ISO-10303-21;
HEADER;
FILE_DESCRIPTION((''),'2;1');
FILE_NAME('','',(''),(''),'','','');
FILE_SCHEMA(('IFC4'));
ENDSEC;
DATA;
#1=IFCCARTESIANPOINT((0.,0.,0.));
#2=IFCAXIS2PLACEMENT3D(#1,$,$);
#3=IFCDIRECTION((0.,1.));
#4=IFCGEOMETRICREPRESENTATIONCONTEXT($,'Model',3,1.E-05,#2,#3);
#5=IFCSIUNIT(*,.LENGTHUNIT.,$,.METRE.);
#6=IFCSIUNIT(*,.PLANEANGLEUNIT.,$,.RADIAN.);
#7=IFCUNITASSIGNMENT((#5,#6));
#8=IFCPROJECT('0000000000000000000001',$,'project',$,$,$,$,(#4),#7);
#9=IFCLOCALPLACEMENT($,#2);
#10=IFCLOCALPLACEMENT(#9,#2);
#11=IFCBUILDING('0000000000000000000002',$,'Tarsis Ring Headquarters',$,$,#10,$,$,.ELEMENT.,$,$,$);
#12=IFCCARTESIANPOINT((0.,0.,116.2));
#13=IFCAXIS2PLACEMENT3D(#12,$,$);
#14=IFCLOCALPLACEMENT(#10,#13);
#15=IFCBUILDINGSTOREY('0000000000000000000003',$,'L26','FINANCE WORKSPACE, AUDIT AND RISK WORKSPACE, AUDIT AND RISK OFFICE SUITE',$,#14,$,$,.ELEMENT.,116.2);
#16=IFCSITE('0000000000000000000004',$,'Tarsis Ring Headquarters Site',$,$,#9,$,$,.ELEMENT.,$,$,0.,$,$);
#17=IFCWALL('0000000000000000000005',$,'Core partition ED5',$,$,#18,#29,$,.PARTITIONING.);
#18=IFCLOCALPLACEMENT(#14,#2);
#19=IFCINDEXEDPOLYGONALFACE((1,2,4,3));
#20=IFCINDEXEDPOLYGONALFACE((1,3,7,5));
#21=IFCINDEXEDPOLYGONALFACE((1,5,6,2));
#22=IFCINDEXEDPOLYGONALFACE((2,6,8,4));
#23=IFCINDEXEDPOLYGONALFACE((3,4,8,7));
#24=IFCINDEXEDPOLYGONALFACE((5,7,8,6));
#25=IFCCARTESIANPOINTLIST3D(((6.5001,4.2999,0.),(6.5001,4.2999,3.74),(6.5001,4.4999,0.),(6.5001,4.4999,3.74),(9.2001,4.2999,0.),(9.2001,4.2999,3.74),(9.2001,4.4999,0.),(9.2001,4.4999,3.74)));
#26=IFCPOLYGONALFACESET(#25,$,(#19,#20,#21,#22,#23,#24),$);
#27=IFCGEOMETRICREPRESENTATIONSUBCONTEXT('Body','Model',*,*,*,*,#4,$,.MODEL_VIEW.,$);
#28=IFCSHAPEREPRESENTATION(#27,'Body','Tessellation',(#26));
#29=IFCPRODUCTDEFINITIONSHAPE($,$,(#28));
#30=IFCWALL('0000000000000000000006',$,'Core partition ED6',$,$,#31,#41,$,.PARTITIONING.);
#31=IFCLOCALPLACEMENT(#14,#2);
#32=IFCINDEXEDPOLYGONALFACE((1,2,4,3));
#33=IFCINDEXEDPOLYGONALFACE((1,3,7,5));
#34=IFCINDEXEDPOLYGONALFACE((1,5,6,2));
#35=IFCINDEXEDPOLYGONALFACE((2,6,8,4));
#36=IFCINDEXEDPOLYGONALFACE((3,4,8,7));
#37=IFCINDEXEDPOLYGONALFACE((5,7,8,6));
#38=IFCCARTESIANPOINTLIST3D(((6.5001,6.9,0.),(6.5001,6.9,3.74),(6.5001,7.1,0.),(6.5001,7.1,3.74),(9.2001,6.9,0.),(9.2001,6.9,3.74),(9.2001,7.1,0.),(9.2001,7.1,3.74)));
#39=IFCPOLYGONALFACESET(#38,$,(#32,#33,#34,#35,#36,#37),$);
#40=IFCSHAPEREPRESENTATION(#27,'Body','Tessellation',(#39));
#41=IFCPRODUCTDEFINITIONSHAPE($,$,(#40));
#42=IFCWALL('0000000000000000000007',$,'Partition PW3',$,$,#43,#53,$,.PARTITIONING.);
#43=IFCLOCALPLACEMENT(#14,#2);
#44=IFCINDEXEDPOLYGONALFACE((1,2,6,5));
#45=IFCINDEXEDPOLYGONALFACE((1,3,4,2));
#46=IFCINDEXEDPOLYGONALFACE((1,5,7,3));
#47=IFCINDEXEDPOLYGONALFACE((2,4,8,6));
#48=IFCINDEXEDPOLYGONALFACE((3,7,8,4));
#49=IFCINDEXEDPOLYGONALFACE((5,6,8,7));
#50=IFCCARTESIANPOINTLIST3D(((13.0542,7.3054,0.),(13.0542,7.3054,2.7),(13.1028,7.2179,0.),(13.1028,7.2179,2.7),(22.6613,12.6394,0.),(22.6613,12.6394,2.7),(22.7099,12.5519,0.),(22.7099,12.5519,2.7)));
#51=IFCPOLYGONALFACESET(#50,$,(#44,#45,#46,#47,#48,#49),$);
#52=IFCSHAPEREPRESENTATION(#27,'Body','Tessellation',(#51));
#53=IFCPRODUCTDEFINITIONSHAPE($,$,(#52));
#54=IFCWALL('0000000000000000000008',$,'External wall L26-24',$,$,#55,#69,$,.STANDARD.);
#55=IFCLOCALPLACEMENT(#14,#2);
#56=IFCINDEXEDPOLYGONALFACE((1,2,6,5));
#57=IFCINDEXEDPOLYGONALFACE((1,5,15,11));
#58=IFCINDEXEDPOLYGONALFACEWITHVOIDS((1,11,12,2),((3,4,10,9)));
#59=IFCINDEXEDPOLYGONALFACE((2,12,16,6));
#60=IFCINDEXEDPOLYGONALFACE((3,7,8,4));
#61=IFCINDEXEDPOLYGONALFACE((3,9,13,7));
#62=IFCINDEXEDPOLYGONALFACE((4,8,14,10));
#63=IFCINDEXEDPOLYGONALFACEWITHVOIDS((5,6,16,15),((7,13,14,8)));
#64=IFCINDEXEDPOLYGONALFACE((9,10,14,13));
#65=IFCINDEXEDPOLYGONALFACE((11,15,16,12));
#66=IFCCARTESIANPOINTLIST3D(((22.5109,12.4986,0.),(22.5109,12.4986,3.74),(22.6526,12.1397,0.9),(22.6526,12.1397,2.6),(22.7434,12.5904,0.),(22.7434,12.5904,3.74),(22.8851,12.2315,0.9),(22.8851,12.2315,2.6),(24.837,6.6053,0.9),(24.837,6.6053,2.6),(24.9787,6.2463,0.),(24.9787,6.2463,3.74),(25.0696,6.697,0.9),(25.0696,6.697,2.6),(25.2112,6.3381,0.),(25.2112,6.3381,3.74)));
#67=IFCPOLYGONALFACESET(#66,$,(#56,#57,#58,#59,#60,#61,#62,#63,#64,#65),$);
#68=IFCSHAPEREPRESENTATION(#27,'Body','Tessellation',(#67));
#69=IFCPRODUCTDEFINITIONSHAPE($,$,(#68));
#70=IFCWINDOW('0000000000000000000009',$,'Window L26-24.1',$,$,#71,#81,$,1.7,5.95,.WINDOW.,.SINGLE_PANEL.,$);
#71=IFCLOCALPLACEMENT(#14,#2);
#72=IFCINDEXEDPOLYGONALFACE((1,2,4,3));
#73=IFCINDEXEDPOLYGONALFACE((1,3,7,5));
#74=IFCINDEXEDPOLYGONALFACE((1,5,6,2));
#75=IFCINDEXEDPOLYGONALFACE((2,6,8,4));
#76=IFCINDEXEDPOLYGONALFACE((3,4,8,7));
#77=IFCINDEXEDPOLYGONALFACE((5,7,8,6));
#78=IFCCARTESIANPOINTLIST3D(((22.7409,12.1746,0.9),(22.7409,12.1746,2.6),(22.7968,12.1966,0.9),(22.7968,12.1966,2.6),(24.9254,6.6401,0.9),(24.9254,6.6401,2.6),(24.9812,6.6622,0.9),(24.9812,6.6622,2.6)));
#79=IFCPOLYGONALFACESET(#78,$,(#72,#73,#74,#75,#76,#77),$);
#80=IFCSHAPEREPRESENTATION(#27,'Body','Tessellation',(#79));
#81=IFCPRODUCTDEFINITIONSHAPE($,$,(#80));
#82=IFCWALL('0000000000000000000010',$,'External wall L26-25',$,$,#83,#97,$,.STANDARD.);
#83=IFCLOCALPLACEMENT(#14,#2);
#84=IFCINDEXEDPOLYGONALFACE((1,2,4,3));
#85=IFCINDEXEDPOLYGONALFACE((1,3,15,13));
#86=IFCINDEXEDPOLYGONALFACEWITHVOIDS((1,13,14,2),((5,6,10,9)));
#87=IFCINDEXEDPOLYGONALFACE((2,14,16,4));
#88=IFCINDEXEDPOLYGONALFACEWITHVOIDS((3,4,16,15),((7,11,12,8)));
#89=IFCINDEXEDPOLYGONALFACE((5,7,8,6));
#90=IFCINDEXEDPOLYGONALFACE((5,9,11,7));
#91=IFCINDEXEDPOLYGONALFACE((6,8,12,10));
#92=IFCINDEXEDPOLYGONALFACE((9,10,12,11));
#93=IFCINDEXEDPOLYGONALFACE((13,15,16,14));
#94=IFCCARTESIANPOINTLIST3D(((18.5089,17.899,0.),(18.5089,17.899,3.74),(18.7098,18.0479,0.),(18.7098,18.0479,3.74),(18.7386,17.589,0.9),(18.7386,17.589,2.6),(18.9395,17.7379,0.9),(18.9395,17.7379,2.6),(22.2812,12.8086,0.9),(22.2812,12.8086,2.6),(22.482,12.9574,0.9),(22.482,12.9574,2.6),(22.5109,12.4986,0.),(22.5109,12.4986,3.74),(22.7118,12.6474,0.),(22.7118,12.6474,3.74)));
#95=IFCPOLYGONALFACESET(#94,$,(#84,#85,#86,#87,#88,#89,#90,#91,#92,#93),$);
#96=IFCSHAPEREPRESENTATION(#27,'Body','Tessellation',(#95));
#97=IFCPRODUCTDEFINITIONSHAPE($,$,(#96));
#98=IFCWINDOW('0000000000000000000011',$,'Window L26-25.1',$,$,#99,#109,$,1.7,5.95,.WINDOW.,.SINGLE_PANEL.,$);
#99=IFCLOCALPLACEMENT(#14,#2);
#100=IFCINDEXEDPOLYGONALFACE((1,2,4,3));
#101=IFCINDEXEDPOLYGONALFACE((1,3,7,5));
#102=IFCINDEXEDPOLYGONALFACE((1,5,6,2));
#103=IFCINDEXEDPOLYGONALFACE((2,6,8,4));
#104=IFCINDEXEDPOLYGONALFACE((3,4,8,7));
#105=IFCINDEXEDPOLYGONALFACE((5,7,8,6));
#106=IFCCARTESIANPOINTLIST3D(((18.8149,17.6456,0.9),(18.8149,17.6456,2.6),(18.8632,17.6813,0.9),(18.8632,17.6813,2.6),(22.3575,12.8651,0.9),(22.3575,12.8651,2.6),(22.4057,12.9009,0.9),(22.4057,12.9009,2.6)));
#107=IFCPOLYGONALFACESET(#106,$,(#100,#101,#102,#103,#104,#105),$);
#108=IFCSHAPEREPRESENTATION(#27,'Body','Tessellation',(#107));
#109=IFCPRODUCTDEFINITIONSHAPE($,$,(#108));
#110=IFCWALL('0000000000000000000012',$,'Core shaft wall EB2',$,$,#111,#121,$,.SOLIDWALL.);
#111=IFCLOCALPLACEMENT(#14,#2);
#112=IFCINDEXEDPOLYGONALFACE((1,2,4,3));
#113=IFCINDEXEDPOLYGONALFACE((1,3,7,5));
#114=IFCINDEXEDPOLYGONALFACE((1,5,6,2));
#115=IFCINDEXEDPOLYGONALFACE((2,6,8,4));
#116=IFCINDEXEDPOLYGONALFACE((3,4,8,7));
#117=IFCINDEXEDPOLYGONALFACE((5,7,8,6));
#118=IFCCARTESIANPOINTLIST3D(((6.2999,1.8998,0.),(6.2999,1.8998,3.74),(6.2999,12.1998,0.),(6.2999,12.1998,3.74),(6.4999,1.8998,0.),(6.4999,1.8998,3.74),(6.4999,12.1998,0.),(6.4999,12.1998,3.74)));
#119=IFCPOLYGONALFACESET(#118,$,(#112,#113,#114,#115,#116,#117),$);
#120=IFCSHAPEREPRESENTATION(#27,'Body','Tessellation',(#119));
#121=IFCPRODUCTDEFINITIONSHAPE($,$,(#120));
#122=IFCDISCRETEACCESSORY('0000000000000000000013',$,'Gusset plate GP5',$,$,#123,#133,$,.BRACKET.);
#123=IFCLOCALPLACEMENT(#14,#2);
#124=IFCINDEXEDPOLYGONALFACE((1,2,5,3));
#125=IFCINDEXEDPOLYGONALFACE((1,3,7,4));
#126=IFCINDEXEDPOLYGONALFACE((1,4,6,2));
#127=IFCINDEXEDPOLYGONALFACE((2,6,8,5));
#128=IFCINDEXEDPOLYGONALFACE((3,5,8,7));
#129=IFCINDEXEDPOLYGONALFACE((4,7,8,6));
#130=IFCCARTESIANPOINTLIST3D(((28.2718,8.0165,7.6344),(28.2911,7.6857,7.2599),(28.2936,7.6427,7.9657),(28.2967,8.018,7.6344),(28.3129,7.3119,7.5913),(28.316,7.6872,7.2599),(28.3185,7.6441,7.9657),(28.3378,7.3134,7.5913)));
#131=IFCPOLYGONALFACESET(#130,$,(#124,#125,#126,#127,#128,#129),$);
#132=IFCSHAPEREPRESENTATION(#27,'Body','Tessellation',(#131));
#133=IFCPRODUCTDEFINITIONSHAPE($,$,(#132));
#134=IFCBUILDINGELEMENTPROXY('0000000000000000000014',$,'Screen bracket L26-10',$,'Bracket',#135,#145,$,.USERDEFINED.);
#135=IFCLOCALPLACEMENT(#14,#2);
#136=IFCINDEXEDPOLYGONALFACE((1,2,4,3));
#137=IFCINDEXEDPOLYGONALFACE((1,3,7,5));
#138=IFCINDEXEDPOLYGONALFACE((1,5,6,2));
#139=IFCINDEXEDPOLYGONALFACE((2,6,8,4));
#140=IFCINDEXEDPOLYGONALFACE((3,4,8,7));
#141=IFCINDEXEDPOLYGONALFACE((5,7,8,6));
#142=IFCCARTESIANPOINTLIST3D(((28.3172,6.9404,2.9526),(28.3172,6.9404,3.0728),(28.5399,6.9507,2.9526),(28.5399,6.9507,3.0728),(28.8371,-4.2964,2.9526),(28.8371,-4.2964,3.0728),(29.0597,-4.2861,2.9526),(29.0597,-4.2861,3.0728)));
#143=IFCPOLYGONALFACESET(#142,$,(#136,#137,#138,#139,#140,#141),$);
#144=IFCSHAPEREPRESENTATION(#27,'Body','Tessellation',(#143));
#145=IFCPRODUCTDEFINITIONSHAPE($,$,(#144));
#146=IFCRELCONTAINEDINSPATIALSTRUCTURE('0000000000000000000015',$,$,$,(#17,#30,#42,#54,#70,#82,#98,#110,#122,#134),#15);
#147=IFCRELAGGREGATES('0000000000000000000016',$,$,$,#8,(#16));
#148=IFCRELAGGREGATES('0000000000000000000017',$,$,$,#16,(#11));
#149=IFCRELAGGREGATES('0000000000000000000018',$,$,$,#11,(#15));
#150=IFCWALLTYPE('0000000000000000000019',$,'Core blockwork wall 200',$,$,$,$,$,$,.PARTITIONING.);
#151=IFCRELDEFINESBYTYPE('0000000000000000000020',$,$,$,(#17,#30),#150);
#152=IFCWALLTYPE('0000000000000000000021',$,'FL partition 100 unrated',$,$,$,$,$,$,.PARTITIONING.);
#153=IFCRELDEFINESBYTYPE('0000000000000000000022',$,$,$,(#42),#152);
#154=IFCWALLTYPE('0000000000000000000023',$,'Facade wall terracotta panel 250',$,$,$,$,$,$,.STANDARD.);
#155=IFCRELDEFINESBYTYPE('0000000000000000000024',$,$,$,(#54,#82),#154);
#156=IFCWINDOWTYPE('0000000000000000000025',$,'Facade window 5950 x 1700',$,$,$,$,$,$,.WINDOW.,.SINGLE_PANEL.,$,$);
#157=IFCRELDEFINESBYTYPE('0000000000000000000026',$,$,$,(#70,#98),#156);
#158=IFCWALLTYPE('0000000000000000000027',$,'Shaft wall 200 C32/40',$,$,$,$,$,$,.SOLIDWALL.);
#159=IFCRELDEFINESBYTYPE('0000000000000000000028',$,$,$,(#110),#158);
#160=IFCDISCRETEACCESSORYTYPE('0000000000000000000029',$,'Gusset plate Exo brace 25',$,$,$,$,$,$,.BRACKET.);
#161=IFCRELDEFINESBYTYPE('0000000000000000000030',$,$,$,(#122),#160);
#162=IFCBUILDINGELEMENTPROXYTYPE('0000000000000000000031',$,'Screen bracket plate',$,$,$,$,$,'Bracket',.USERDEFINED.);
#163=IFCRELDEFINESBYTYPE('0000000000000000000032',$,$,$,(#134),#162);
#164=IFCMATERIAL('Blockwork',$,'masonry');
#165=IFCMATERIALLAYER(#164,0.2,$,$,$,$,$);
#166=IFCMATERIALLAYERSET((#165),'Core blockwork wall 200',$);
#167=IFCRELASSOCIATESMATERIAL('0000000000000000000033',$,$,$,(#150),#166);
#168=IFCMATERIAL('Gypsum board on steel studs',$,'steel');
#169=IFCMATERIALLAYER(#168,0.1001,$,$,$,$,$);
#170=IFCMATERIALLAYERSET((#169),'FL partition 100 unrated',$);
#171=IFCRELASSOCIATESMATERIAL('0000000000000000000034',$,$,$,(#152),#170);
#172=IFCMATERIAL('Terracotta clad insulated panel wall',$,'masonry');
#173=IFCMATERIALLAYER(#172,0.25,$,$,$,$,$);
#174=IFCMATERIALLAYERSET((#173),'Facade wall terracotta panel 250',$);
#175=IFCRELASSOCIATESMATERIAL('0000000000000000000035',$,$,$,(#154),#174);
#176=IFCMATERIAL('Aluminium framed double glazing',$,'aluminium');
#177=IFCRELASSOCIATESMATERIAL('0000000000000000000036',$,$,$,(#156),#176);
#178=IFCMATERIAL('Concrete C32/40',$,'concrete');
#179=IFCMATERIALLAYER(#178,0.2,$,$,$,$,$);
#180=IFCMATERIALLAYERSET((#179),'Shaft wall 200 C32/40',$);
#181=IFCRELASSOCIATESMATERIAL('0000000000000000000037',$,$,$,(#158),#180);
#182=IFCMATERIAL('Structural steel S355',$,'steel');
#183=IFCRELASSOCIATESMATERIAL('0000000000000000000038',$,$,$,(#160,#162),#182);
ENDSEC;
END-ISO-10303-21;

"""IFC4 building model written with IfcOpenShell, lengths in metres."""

from ifc_helpers import new_model, si_unit, direction, frame, frame_2d, origin, origin_2d, place, context, subcontext, project, spatial, rectangle, extrude, material, layer, layer_set, material_profile, profile_set, type_object, element, fill, save


model = new_model("IFC4")

# Units and contexts
model_context = context("Model", 3, precision=1e-05, world=origin(), true_north=direction((0.0, 1.0)))
body_context = subcontext(model_context, "Body", "Model", "MODEL_VIEW")
ifc_project = project(units=[si_unit("LENGTHUNIT", "METRE"), si_unit("PLANEANGLEUNIT", "RADIAN")], contexts=[model_context])

# Site, building, storey
site_placement = place(None, origin())
site = spatial("IfcSite", under=ifc_project, at=site_placement, Name="Tarsis Ring Headquarters Site", CompositionType="ELEMENT", RefElevation=0.0)
building_placement = place(site_placement, origin())
building = spatial("IfcBuilding", under=site, at=building_placement, Name="Tarsis Ring Headquarters", CompositionType="ELEMENT")
storey_placement = place(building_placement, frame((0.0, 0.0, 116.2)))
storey = spatial("IfcBuildingStorey", under=building, at=storey_placement, Name="L26", Description="FINANCE WORKSPACE, AUDIT AND RISK WORKSPACE, AUDIT AND RISK OFFICE SUITE", CompositionType="ELEMENT", Elevation=116.2)

# Shared definitions
ifc_material_1 = material(Name="Structural steel S355", Category="steel")

# Walls
ifc_material_2 = material(Name="Blockwork", Category="masonry")
ifc_layer_1 = layer(ifc_material_2, 0.2)
ifc_layer_set_1 = layer_set([ifc_layer_1], Name="Core blockwork wall 200")
wall_type_1 = type_object("IfcWallType", Name="Core blockwork wall 200", PredefinedType="PARTITIONING", material=ifc_layer_set_1)
for number, where, z_axis, x_axis, name in (
    (1, (6.5, 4.3999, 0.0), (0.0, 0.0, 1.0), (1.0, 0.0, 0.0), "Core partition ED5"),
    (2, (6.5, 7.0, 0.0), (0.0, 0.0, 1.0), (1.0, 0.0, 0.0), "Core partition ED6"),
):
    element("IfcWall", number, at=place(storey_placement, frame(where, z_axis=z_axis, x_axis=x_axis)), inside=storey, type_object=wall_type_1, Name=name, PredefinedType="PARTITIONING", context=body_context, shape_type="SweptSolid", body=[
        extrude(rectangle(XDim=2.7, YDim=0.2, at=frame_2d((1.3501, 0.0))), origin(), (0.0, 0.0, 1.0), 3.74),
    ])
ifc_material_3 = material(Name="Gypsum board on steel studs", Category="steel")
ifc_layer_2 = layer(ifc_material_3, 0.1001)
ifc_layer_set_2 = layer_set([ifc_layer_2], Name="FL partition 100 unrated")
wall_type_2 = type_object("IfcWallType", Name="FL partition 100 unrated", PredefinedType="PARTITIONING", material=ifc_layer_set_2)
wall_1_placement = place(storey_placement, frame((13.0786, 7.2617, 0.0), z_axis=(0.0, 0.0, 1.0), x_axis=(0.874286, 0.485411, 0.0)))
element("IfcWall", 3, at=wall_1_placement, inside=storey, type_object=wall_type_2, Name="Partition PW3", PredefinedType="PARTITIONING", context=body_context, shape_type="SweptSolid", body=[
    extrude(rectangle(XDim=10.9885, YDim=0.1001, at=frame_2d((5.4941, 0.0))), origin(), (0.0, 0.0, 1.0), 2.7),
])

# Walls, openings, windows
ifc_material_4 = material(Name="Terracotta clad insulated panel wall", Category="masonry")
ifc_layer_3 = layer(ifc_material_4, 0.25)
ifc_layer_set_3 = layer_set([ifc_layer_3], Name="Facade wall terracotta panel 250")
wall_type_3 = type_object("IfcWallType", Name="Facade wall terracotta panel 250", PredefinedType="STANDARD", material=ifc_layer_set_3)
wall_2_placement = place(storey_placement, frame((25.095, 6.2922, 0.0), z_axis=(0.0, 0.0, 1.0), x_axis=(-0.367141, 0.930165, 0.0)))
wall_2 = element("IfcWall", 4, at=wall_2_placement, inside=storey, type_object=wall_type_3, Name="External wall L26-24", PredefinedType="STANDARD", context=body_context, shape_type="SweptSolid", body=[
    extrude(rectangle(XDim=6.7217, YDim=0.25, at=frame_2d((3.3608, 0.0))), origin(), (0.0, 0.0, 1.0), 3.74),
])
opening_1_placement = place(wall_2_placement, frame((0.3857, 0.0, 0.8999)))
opening_1 = element("IfcOpeningElement", 5, at=opening_1_placement, cuts=wall_2, PredefinedType="OPENING", context=body_context, shape_type="SweptSolid", body=[
    extrude(rectangle(XDim=5.95, YDim=1.7, at=frame_2d((2.9751, 0.8501))), frame((0.0, 0.135, 0.0), z_axis=(0.0, -1.0, 0.0), x_axis=(1.0, 0.0, 0.0)), (0.0, 0.0, 1.0), 0.27),
])
ifc_material_5 = material(Name="Aluminium framed double glazing", Category="aluminium")
window_type = type_object("IfcWindowType", Name="Facade window 5950 x 1700", PartitioningType="SINGLE_PANEL", PredefinedType="WINDOW", material=ifc_material_5)
window_1_placement = place(opening_1_placement, origin())
window_1 = element("IfcWindow", 6, at=window_1_placement, inside=storey, type_object=window_type, Name="Window L26-24.1", OverallHeight=1.7, OverallWidth=5.95, PartitioningType="SINGLE_PANEL", PredefinedType="WINDOW", context=body_context, shape_type="SweptSolid", body=[
    extrude(rectangle(XDim=5.95, YDim=1.7, at=frame_2d((2.9751, 0.8501))), frame((0.0, 0.03, 0.0), z_axis=(0.0, -1.0, 0.0), x_axis=(1.0, 0.0, 0.0)), (0.0, 0.0, 1.0), 0.0601),
])
fill(opening_1, window_1)
wall_3_placement = place(storey_placement, frame((22.6113, 12.573, 0.0), z_axis=(0.0, 0.0, 1.0), x_axis=(-0.595387, 0.803439, 0.0)))
wall_3 = element("IfcWall", 7, at=wall_3_placement, inside=storey, type_object=wall_type_3, Name="External wall L26-25", PredefinedType="STANDARD", context=body_context, shape_type="SweptSolid", body=[
    extrude(rectangle(XDim=6.7217, YDim=0.25, at=frame_2d((3.3608, 0.0))), origin(), (0.0, 0.0, 1.0), 3.74),
])
opening_2_placement = place(wall_3_placement, frame((0.3857, 0.0, 0.8999)))
opening_2 = element("IfcOpeningElement", 8, at=opening_2_placement, cuts=wall_3, PredefinedType="OPENING", context=body_context, shape_type="SweptSolid", body=[
    extrude(rectangle(XDim=5.95, YDim=1.7, at=frame_2d((2.9751, 0.8501))), frame((0.0, 0.135, 0.0), z_axis=(0.0, -1.0, 0.0), x_axis=(1.0, 0.0, 0.0)), (0.0, 0.0, 1.0), 0.27),
])
window_2_placement = place(opening_2_placement, origin())
window_2 = element("IfcWindow", 9, at=window_2_placement, inside=storey, type_object=window_type, Name="Window L26-25.1", OverallHeight=1.7, OverallWidth=5.95, PartitioningType="SINGLE_PANEL", PredefinedType="WINDOW", context=body_context, shape_type="SweptSolid", body=[
    extrude(rectangle(XDim=5.95, YDim=1.7, at=frame_2d((2.9751, 0.8501))), frame((0.0, 0.03, 0.0), z_axis=(0.0, -1.0, 0.0), x_axis=(1.0, 0.0, 0.0)), (0.0, 0.0, 1.0), 0.0601),
])
fill(opening_2, window_2)

# Wall
ifc_material_6 = material(Name="Concrete C32/40", Category="concrete")
ifc_layer_4 = layer(ifc_material_6, 0.2)
ifc_layer_set_4 = layer_set([ifc_layer_4], Name="Shaft wall 200 C32/40")
wall_type_4 = type_object("IfcWallType", Name="Shaft wall 200 C32/40", PredefinedType="SOLIDWALL", material=ifc_layer_set_4)
wall_4_placement = place(storey_placement, frame((6.3999, 1.8999, 0.0), z_axis=(0.0, 0.0, 1.0), x_axis=(0.0, 1.0, 0.0)))
element("IfcWall", 10, at=wall_4_placement, inside=storey, type_object=wall_type_4, Name="Core shaft wall EB2", PredefinedType="SOLIDWALL", context=body_context, shape_type="SweptSolid", body=[
    extrude(rectangle(XDim=10.3, YDim=0.2, at=frame_2d((5.1499, 0.0))), origin(), (0.0, 0.0, 1.0), 3.74),
])

# Discrete accessory
ifc_material_profile_1 = material_profile(ifc_material_1, rectangle(XDim=0.0249, YDim=0.5, at=origin_2d()), Name="PL 25x500")
ifc_profile_set_1 = profile_set([ifc_material_profile_1], Name="Structural steel S355")
discrete_accessory_type = type_object("IfcDiscreteAccessoryType", Name="Gusset plate Exo brace 25", PredefinedType="BRACKET", material=ifc_profile_set_1)
discrete_accessory_placement = place(storey_placement, frame((28.2952, 7.8303, 7.8), z_axis=(0.038569, -0.661533, -0.748924), x_axis=(0.998305, 0.058204, 0.0)))
element("IfcDiscreteAccessory", 11, at=discrete_accessory_placement, inside=storey, type_object=discrete_accessory_type, Name="Gusset plate GP5", PredefinedType="BRACKET", context=body_context, shape_type="SweptSolid", body=[
    extrude(rectangle(XDim=0.0249, YDim=0.5, at=origin_2d()), origin(), (0.0, 0.0, 1.0), 0.5),
])

# Building element proxy
building_element_proxy_type = type_object("IfcBuildingElementProxyType", Name="Screen bracket plate", ElementType="Bracket", PredefinedType="USERDEFINED", material=ifc_material_1)
proxy_placement = place(storey_placement, frame((28.6885, 1.3271, 2.9526), z_axis=(0.0, 0.0, 1.0), x_axis=(-0.046213, 0.998932, 0.0)))
element("IfcBuildingElementProxy", 12, at=proxy_placement, inside=storey, type_object=building_element_proxy_type, Name="Screen bracket L26-10", ObjectType="Bracket", PredefinedType="USERDEFINED", context=body_context, shape_type="SweptSolid", body=[
    extrude(rectangle(XDim=11.2488, YDim=0.2229, at=origin_2d()), origin(), (0.0, 0.0, 1.0), 0.1201),
])

save(model, "model.ifc")
